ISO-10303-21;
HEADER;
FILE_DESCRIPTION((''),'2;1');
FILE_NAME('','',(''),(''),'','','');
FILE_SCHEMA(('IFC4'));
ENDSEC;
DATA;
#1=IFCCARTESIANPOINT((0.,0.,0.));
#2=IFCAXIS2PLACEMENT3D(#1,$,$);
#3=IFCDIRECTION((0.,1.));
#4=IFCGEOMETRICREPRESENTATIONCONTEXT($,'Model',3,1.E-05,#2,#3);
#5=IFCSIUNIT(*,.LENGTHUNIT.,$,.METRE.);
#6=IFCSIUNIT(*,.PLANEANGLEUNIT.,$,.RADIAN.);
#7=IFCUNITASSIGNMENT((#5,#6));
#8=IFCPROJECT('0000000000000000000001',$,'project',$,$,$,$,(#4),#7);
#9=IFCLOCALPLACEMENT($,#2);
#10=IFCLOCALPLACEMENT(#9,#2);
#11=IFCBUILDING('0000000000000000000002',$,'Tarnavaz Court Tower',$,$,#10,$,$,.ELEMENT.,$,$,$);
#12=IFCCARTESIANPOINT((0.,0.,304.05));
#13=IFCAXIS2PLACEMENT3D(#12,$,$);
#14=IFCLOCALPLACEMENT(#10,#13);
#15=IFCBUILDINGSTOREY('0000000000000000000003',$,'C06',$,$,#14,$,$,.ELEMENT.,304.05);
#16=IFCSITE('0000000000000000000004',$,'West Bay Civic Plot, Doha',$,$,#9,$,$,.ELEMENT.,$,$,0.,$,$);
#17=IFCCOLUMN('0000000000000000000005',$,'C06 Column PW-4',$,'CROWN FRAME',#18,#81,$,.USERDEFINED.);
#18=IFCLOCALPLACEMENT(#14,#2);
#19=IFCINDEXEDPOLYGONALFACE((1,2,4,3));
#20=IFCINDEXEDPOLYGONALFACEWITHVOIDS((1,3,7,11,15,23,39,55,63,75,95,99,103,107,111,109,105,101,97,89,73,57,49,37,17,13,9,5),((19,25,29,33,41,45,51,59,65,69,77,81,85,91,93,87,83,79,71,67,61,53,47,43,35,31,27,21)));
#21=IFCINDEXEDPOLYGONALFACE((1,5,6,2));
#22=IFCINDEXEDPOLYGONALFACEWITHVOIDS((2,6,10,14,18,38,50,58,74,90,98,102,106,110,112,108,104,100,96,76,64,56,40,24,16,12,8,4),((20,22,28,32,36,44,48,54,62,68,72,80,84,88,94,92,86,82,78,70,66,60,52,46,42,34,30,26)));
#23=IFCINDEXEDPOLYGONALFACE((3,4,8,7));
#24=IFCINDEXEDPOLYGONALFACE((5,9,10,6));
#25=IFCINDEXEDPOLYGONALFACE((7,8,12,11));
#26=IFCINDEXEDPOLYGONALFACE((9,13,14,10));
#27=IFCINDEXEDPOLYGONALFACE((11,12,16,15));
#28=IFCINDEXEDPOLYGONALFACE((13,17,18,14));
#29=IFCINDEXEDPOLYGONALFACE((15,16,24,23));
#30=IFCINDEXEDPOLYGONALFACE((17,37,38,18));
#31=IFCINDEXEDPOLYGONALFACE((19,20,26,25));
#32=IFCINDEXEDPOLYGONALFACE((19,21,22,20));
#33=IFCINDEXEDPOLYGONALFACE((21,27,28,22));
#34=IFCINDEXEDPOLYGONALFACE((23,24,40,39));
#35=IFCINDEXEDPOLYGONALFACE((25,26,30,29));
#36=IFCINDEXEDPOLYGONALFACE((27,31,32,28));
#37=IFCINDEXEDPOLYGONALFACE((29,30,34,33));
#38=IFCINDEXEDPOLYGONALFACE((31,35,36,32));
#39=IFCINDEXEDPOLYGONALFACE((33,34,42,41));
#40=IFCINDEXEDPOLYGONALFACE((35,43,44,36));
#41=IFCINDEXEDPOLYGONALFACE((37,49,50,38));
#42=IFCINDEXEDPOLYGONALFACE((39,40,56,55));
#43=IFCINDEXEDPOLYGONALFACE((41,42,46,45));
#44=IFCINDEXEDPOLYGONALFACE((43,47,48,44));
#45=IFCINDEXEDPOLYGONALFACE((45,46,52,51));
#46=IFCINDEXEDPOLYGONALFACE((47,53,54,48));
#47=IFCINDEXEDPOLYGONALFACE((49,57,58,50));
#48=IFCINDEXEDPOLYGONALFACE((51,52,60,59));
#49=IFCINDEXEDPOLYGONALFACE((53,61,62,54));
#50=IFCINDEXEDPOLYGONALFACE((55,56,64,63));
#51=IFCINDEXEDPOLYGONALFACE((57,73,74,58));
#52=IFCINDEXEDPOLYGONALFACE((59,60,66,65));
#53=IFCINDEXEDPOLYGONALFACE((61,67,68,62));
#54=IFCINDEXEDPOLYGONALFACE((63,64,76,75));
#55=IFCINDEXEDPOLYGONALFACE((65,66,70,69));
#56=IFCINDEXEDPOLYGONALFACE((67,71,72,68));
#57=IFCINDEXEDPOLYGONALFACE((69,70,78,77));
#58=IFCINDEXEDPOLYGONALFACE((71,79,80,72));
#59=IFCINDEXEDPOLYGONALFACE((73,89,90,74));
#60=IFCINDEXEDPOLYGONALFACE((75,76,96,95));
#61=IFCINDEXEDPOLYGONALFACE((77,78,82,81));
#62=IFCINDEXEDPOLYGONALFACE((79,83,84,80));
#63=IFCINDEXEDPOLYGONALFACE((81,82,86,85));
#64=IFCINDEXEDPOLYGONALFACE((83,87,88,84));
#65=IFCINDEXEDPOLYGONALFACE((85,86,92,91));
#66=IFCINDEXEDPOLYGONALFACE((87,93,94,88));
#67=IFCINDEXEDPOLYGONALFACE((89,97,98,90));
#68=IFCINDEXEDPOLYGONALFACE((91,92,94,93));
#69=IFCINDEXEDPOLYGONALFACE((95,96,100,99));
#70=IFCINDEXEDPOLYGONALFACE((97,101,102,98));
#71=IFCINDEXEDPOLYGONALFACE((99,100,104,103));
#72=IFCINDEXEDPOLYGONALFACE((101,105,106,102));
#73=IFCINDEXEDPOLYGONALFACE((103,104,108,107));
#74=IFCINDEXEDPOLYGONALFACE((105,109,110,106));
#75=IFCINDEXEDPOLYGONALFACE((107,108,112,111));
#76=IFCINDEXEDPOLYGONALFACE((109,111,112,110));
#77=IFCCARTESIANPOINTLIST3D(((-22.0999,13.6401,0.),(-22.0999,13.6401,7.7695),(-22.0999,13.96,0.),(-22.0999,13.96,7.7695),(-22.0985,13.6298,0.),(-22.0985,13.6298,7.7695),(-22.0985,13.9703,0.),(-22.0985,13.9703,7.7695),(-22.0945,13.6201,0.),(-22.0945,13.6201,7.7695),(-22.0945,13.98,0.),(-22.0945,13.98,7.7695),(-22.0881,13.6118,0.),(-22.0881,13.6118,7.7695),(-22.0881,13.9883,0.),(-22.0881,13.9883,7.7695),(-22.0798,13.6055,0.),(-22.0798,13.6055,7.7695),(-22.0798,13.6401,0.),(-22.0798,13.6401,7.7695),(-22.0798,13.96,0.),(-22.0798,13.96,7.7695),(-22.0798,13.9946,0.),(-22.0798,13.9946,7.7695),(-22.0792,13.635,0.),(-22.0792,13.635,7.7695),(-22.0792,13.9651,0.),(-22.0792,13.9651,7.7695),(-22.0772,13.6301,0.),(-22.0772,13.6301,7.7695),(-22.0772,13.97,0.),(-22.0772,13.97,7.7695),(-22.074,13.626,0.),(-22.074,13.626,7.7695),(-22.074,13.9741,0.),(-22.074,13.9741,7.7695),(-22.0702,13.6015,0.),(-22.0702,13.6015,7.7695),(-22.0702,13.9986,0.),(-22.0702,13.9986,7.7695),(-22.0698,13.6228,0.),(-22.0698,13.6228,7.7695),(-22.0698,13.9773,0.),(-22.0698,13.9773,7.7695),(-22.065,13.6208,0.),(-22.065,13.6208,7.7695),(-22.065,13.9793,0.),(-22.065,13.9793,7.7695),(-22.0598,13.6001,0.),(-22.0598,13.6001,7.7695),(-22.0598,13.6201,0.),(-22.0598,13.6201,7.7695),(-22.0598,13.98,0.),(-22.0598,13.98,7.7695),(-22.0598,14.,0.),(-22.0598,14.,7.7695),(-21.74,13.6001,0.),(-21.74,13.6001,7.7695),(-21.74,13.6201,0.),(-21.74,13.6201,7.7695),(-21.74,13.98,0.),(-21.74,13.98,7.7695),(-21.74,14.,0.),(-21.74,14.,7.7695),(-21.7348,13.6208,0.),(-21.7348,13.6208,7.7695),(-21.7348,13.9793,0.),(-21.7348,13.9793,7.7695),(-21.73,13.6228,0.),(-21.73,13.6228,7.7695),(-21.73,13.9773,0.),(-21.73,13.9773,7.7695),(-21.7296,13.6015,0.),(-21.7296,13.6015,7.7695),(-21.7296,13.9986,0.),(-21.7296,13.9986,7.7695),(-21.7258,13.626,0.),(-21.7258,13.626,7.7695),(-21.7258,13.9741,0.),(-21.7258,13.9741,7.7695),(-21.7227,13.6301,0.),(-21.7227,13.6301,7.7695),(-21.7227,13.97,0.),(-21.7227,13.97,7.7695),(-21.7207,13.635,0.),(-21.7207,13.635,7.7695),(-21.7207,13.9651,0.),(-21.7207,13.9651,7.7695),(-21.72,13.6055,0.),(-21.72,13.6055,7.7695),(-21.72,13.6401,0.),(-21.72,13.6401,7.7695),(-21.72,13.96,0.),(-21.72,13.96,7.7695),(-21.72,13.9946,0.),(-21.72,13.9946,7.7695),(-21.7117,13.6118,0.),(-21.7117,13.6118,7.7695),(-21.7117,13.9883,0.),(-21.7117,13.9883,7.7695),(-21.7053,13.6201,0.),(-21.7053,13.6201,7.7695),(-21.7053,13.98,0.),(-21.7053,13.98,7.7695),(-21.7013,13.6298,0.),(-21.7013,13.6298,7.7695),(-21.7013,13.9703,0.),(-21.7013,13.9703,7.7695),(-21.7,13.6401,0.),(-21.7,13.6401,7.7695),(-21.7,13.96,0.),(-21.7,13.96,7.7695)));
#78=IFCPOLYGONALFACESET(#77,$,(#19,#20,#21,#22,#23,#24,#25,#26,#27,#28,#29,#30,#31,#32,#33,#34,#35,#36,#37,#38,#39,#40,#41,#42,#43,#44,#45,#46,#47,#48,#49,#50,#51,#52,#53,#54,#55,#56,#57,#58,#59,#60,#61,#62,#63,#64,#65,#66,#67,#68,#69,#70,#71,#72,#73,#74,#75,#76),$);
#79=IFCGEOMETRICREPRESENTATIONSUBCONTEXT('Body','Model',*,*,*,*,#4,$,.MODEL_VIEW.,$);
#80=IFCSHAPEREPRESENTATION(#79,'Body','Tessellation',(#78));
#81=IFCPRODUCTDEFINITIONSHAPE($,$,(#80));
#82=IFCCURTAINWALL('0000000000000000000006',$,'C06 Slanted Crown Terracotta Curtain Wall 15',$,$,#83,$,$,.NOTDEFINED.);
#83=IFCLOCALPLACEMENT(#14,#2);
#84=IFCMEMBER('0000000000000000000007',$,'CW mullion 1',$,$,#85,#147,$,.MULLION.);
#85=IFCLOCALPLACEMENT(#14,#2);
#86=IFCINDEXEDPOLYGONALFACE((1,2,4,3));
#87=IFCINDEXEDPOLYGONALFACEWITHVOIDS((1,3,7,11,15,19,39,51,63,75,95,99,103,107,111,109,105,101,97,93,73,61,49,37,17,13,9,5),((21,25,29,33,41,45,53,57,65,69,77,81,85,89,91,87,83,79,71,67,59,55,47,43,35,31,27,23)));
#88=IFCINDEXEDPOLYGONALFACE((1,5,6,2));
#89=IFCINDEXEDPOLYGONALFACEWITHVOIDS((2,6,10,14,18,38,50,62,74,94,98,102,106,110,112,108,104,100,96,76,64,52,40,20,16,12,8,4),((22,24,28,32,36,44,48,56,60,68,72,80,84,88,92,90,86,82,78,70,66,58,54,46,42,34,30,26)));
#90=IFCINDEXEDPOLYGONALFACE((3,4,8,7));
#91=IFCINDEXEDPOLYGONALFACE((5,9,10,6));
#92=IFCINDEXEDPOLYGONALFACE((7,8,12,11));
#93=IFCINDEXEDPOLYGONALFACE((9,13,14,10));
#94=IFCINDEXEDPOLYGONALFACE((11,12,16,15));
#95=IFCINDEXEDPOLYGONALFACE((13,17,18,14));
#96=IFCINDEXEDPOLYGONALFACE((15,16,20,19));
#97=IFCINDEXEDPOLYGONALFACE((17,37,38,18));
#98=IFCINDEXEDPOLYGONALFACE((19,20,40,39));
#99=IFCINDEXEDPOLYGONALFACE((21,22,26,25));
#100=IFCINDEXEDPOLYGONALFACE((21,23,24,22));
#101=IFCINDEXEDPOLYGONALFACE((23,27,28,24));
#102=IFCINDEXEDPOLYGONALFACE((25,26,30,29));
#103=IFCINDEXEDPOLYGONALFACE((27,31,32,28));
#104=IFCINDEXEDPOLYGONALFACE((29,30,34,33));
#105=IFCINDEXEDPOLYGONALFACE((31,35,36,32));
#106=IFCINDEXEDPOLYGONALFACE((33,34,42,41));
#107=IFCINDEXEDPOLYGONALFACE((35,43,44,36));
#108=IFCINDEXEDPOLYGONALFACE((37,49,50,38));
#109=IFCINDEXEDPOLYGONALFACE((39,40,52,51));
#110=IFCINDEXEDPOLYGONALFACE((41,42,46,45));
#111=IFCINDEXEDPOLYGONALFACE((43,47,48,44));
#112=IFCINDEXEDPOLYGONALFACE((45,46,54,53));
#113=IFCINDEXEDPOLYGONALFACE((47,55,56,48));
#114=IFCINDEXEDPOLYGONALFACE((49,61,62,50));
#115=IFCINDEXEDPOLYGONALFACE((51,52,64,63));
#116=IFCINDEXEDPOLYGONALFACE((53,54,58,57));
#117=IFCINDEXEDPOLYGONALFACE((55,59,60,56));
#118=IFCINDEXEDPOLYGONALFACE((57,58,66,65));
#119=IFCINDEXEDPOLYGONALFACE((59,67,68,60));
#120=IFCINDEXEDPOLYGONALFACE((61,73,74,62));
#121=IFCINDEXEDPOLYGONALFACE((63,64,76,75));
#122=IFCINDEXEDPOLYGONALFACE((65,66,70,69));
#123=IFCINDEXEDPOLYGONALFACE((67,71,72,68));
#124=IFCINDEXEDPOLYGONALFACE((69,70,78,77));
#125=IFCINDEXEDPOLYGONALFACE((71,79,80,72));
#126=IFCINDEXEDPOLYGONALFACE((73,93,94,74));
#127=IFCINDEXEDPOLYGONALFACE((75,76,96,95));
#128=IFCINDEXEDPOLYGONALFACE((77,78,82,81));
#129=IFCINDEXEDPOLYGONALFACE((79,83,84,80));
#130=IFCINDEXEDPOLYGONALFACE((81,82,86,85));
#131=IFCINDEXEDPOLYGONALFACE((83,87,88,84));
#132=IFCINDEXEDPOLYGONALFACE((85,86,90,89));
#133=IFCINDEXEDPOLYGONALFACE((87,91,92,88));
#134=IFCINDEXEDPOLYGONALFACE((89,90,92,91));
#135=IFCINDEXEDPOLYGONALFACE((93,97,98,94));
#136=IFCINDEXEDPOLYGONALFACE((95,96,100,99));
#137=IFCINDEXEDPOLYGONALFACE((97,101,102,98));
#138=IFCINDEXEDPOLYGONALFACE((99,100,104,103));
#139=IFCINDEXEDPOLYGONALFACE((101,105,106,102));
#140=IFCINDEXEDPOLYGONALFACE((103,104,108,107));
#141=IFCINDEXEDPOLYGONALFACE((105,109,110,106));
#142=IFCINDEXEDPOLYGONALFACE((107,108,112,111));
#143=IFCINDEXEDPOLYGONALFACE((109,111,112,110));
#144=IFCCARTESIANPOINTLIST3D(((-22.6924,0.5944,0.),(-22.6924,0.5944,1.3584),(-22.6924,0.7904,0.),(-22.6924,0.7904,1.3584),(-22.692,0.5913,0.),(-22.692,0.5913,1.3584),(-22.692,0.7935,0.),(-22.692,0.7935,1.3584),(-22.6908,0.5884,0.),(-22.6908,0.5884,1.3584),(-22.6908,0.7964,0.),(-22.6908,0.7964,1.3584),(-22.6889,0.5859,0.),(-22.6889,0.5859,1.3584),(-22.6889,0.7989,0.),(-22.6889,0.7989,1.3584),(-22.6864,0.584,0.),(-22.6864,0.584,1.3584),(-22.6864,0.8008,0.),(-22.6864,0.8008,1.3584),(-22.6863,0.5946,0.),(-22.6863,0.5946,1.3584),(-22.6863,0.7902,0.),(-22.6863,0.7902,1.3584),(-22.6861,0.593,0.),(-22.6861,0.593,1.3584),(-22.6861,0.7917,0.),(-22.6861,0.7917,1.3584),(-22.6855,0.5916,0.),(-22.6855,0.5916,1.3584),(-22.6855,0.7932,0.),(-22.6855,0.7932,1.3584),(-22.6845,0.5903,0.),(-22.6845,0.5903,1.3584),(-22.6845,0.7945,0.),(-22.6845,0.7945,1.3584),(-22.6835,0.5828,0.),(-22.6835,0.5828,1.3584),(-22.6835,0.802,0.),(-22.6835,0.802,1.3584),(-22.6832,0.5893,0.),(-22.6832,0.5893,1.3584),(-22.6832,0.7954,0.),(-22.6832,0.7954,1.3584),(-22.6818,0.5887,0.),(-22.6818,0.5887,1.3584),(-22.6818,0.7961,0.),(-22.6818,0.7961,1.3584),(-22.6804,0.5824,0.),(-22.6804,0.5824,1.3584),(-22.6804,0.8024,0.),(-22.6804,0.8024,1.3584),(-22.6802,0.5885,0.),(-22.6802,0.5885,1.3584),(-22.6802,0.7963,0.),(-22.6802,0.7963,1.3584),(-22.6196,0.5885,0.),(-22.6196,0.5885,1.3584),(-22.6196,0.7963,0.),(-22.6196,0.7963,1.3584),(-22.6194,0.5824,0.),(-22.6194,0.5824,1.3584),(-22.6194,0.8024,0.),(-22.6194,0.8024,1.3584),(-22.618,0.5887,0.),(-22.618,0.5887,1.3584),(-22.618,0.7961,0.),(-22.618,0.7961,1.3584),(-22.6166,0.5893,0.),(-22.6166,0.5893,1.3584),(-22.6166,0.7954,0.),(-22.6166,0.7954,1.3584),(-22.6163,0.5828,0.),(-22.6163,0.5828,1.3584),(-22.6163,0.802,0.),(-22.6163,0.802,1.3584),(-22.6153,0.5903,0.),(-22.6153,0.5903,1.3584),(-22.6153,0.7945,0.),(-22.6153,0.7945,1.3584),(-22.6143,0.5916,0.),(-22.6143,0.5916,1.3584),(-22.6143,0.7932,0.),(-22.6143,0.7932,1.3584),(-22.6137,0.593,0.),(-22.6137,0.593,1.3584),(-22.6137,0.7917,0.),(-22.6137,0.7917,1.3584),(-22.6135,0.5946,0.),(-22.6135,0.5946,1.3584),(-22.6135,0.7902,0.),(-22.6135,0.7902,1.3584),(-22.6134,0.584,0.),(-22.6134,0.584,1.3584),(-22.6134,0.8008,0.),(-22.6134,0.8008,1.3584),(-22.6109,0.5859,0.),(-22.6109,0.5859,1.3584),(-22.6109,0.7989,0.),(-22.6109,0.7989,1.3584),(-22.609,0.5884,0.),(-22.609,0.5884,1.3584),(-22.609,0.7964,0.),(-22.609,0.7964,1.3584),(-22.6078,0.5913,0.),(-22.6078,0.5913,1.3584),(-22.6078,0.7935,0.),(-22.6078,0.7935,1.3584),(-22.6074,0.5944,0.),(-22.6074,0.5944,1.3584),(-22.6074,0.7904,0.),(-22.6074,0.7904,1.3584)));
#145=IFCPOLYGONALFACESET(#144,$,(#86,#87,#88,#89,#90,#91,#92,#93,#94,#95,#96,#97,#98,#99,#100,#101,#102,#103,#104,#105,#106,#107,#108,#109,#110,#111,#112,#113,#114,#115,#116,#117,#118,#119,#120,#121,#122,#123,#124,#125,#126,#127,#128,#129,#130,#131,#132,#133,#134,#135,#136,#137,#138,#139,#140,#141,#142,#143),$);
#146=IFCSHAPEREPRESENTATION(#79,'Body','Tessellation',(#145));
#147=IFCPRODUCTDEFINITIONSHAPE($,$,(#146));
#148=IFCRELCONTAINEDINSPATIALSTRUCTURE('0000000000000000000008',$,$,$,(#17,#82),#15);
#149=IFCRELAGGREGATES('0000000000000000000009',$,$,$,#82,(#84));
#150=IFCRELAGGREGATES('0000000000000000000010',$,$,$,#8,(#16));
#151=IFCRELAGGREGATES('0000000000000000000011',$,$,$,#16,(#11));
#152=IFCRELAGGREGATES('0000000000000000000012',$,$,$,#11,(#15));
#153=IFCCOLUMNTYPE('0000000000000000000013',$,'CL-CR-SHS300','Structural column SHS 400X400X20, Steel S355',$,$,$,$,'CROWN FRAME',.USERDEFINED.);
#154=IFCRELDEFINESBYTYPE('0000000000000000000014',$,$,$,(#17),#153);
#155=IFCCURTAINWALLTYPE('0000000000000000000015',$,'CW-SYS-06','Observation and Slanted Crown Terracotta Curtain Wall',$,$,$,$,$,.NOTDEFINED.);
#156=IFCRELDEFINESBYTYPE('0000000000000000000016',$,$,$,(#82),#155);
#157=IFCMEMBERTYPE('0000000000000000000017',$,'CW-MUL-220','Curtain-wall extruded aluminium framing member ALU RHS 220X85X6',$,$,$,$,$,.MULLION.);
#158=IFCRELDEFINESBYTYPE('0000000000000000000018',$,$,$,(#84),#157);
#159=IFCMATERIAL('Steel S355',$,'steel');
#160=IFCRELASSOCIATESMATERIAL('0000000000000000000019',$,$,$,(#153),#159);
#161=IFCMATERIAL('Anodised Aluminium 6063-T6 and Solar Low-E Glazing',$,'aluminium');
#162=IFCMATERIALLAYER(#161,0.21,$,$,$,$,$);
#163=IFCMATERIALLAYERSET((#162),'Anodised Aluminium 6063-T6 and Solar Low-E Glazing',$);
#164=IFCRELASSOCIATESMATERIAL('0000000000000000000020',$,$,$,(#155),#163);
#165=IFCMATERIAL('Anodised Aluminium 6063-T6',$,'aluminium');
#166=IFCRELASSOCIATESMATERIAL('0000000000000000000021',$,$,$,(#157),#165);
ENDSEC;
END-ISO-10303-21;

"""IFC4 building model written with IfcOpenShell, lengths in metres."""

from ifc_helpers import new_model, si_unit, direction, frame, origin, origin_2d, place, context, subcontext, project, spatial, hollow_rectangle, extrude, material, layer, layer_set, material_profile, profile_set, type_object, element, aggregate, save


model = new_model("IFC4")

# Units and contexts
model_context = context("Model", 3, precision=1e-05, world=origin(), true_north=direction((0.0, 1.0)))
body_context = subcontext(model_context, "Body", "Model", "MODEL_VIEW")
ifc_project = project(units=[si_unit("LENGTHUNIT", "METRE"), si_unit("PLANEANGLEUNIT", "RADIAN")], contexts=[model_context])

# Site, building, storey
site_placement = place(None, origin())
site = spatial("IfcSite", under=ifc_project, at=site_placement, Name="West Bay Civic Plot, Doha", CompositionType="ELEMENT", RefElevation=0.0)
building_placement = place(site_placement, origin())
building = spatial("IfcBuilding", under=site, at=building_placement, Name="Tarnavaz Court Tower", CompositionType="ELEMENT")
storey_placement = place(building_placement, frame((0.0, 0.0, 304.05)))
storey = spatial("IfcBuildingStorey", under=building, at=storey_placement, Name="C06", CompositionType="ELEMENT", Elevation=304.05)

# Column
ifc_material_1 = material(Name="Steel S355", Category="steel")
ifc_material_profile_1 = material_profile(ifc_material_1, hollow_rectangle(XDim=0.3999, YDim=0.3999, WallThickness=0.02, InnerFilletRadius=0.02, OuterFilletRadius=0.04, at=origin_2d()), Name="SHS 400X400X20")
ifc_profile_set_1 = profile_set([ifc_material_profile_1], Name="Steel S355")
column_type = type_object("IfcColumnType", Name="CL-CR-SHS300", Description="Structural column SHS 400X400X20, Steel S355", ElementType="CROWN FRAME", PredefinedType="USERDEFINED", material=ifc_profile_set_1)
column_1_placement = place(storey_placement, frame((-21.8999, 13.8, 0.0), z_axis=(0.0, 0.0, 1.0), x_axis=(1.0, 0.0, 0.0)))
element("IfcColumn", 1, at=column_1_placement, inside=storey, type_object=column_type, Name="C06 Column PW-4", ObjectType="CROWN FRAME", PredefinedType="USERDEFINED", context=body_context, shape_type="SweptSolid", body=[
    extrude(hollow_rectangle(XDim=0.3999, YDim=0.3999, WallThickness=0.02, InnerFilletRadius=0.02, OuterFilletRadius=0.04, at=origin_2d()), origin(), (0.0, 0.0, 1.0), 7.7695),
])

# Curtain wall, member
ifc_material_2 = material(Name="Anodised Aluminium 6063-T6 and Solar Low-E Glazing", Category="aluminium")
ifc_layer_1 = layer(ifc_material_2, 0.21)
ifc_layer_set_1 = layer_set([ifc_layer_1], Name="Anodised Aluminium 6063-T6 and Solar Low-E Glazing")
curtain_wall_type = type_object("IfcCurtainWallType", Name="CW-SYS-06", Description="Observation and Slanted Crown Terracotta Curtain Wall", PredefinedType="NOTDEFINED", material=ifc_layer_set_1)
curtain_wall_1_placement = place(storey_placement, origin())
curtain_wall_1 = element("IfcCurtainWall", 2, at=curtain_wall_1_placement, inside=storey, type_object=curtain_wall_type, Name="C06 Slanted Crown Terracotta Curtain Wall 15", PredefinedType="NOTDEFINED")
ifc_material_3 = material(Name="Anodised Aluminium 6063-T6", Category="aluminium")
ifc_material_profile_2 = material_profile(ifc_material_3, hollow_rectangle(XDim=0.085, YDim=0.22, WallThickness=0.0061, InnerFilletRadius=0.0061, OuterFilletRadius=0.012, at=origin_2d()), Name="ALU RHS 220X85X6")
ifc_profile_set_2 = profile_set([ifc_material_profile_2], Name="Anodised Aluminium 6063-T6")
member_type_1 = type_object("IfcMemberType", Name="CW-MUL-220", Description="Curtain-wall extruded aluminium framing member ALU RHS 220X85X6", PredefinedType="MULLION", material=ifc_profile_set_2)
member_1_placement = place(storey_placement, frame((-22.6499, 0.6924, 0.0), z_axis=(0.0, 0.0, 1.0), x_axis=(-1.0, 0.0, 0.0)))
member_1 = element("IfcMember", 3, at=member_1_placement, type_object=member_type_1, Name="CW mullion 1", PredefinedType="MULLION", context=body_context, shape_type="SweptSolid", body=[
    extrude(hollow_rectangle(XDim=0.085, YDim=0.22, WallThickness=0.0061, InnerFilletRadius=0.0061, OuterFilletRadius=0.012, at=origin_2d()), origin(), (0.0, 0.0, 1.0), 1.3584),
])

aggregate(curtain_wall_1, [member_1])

save(model, "model.ifc")
